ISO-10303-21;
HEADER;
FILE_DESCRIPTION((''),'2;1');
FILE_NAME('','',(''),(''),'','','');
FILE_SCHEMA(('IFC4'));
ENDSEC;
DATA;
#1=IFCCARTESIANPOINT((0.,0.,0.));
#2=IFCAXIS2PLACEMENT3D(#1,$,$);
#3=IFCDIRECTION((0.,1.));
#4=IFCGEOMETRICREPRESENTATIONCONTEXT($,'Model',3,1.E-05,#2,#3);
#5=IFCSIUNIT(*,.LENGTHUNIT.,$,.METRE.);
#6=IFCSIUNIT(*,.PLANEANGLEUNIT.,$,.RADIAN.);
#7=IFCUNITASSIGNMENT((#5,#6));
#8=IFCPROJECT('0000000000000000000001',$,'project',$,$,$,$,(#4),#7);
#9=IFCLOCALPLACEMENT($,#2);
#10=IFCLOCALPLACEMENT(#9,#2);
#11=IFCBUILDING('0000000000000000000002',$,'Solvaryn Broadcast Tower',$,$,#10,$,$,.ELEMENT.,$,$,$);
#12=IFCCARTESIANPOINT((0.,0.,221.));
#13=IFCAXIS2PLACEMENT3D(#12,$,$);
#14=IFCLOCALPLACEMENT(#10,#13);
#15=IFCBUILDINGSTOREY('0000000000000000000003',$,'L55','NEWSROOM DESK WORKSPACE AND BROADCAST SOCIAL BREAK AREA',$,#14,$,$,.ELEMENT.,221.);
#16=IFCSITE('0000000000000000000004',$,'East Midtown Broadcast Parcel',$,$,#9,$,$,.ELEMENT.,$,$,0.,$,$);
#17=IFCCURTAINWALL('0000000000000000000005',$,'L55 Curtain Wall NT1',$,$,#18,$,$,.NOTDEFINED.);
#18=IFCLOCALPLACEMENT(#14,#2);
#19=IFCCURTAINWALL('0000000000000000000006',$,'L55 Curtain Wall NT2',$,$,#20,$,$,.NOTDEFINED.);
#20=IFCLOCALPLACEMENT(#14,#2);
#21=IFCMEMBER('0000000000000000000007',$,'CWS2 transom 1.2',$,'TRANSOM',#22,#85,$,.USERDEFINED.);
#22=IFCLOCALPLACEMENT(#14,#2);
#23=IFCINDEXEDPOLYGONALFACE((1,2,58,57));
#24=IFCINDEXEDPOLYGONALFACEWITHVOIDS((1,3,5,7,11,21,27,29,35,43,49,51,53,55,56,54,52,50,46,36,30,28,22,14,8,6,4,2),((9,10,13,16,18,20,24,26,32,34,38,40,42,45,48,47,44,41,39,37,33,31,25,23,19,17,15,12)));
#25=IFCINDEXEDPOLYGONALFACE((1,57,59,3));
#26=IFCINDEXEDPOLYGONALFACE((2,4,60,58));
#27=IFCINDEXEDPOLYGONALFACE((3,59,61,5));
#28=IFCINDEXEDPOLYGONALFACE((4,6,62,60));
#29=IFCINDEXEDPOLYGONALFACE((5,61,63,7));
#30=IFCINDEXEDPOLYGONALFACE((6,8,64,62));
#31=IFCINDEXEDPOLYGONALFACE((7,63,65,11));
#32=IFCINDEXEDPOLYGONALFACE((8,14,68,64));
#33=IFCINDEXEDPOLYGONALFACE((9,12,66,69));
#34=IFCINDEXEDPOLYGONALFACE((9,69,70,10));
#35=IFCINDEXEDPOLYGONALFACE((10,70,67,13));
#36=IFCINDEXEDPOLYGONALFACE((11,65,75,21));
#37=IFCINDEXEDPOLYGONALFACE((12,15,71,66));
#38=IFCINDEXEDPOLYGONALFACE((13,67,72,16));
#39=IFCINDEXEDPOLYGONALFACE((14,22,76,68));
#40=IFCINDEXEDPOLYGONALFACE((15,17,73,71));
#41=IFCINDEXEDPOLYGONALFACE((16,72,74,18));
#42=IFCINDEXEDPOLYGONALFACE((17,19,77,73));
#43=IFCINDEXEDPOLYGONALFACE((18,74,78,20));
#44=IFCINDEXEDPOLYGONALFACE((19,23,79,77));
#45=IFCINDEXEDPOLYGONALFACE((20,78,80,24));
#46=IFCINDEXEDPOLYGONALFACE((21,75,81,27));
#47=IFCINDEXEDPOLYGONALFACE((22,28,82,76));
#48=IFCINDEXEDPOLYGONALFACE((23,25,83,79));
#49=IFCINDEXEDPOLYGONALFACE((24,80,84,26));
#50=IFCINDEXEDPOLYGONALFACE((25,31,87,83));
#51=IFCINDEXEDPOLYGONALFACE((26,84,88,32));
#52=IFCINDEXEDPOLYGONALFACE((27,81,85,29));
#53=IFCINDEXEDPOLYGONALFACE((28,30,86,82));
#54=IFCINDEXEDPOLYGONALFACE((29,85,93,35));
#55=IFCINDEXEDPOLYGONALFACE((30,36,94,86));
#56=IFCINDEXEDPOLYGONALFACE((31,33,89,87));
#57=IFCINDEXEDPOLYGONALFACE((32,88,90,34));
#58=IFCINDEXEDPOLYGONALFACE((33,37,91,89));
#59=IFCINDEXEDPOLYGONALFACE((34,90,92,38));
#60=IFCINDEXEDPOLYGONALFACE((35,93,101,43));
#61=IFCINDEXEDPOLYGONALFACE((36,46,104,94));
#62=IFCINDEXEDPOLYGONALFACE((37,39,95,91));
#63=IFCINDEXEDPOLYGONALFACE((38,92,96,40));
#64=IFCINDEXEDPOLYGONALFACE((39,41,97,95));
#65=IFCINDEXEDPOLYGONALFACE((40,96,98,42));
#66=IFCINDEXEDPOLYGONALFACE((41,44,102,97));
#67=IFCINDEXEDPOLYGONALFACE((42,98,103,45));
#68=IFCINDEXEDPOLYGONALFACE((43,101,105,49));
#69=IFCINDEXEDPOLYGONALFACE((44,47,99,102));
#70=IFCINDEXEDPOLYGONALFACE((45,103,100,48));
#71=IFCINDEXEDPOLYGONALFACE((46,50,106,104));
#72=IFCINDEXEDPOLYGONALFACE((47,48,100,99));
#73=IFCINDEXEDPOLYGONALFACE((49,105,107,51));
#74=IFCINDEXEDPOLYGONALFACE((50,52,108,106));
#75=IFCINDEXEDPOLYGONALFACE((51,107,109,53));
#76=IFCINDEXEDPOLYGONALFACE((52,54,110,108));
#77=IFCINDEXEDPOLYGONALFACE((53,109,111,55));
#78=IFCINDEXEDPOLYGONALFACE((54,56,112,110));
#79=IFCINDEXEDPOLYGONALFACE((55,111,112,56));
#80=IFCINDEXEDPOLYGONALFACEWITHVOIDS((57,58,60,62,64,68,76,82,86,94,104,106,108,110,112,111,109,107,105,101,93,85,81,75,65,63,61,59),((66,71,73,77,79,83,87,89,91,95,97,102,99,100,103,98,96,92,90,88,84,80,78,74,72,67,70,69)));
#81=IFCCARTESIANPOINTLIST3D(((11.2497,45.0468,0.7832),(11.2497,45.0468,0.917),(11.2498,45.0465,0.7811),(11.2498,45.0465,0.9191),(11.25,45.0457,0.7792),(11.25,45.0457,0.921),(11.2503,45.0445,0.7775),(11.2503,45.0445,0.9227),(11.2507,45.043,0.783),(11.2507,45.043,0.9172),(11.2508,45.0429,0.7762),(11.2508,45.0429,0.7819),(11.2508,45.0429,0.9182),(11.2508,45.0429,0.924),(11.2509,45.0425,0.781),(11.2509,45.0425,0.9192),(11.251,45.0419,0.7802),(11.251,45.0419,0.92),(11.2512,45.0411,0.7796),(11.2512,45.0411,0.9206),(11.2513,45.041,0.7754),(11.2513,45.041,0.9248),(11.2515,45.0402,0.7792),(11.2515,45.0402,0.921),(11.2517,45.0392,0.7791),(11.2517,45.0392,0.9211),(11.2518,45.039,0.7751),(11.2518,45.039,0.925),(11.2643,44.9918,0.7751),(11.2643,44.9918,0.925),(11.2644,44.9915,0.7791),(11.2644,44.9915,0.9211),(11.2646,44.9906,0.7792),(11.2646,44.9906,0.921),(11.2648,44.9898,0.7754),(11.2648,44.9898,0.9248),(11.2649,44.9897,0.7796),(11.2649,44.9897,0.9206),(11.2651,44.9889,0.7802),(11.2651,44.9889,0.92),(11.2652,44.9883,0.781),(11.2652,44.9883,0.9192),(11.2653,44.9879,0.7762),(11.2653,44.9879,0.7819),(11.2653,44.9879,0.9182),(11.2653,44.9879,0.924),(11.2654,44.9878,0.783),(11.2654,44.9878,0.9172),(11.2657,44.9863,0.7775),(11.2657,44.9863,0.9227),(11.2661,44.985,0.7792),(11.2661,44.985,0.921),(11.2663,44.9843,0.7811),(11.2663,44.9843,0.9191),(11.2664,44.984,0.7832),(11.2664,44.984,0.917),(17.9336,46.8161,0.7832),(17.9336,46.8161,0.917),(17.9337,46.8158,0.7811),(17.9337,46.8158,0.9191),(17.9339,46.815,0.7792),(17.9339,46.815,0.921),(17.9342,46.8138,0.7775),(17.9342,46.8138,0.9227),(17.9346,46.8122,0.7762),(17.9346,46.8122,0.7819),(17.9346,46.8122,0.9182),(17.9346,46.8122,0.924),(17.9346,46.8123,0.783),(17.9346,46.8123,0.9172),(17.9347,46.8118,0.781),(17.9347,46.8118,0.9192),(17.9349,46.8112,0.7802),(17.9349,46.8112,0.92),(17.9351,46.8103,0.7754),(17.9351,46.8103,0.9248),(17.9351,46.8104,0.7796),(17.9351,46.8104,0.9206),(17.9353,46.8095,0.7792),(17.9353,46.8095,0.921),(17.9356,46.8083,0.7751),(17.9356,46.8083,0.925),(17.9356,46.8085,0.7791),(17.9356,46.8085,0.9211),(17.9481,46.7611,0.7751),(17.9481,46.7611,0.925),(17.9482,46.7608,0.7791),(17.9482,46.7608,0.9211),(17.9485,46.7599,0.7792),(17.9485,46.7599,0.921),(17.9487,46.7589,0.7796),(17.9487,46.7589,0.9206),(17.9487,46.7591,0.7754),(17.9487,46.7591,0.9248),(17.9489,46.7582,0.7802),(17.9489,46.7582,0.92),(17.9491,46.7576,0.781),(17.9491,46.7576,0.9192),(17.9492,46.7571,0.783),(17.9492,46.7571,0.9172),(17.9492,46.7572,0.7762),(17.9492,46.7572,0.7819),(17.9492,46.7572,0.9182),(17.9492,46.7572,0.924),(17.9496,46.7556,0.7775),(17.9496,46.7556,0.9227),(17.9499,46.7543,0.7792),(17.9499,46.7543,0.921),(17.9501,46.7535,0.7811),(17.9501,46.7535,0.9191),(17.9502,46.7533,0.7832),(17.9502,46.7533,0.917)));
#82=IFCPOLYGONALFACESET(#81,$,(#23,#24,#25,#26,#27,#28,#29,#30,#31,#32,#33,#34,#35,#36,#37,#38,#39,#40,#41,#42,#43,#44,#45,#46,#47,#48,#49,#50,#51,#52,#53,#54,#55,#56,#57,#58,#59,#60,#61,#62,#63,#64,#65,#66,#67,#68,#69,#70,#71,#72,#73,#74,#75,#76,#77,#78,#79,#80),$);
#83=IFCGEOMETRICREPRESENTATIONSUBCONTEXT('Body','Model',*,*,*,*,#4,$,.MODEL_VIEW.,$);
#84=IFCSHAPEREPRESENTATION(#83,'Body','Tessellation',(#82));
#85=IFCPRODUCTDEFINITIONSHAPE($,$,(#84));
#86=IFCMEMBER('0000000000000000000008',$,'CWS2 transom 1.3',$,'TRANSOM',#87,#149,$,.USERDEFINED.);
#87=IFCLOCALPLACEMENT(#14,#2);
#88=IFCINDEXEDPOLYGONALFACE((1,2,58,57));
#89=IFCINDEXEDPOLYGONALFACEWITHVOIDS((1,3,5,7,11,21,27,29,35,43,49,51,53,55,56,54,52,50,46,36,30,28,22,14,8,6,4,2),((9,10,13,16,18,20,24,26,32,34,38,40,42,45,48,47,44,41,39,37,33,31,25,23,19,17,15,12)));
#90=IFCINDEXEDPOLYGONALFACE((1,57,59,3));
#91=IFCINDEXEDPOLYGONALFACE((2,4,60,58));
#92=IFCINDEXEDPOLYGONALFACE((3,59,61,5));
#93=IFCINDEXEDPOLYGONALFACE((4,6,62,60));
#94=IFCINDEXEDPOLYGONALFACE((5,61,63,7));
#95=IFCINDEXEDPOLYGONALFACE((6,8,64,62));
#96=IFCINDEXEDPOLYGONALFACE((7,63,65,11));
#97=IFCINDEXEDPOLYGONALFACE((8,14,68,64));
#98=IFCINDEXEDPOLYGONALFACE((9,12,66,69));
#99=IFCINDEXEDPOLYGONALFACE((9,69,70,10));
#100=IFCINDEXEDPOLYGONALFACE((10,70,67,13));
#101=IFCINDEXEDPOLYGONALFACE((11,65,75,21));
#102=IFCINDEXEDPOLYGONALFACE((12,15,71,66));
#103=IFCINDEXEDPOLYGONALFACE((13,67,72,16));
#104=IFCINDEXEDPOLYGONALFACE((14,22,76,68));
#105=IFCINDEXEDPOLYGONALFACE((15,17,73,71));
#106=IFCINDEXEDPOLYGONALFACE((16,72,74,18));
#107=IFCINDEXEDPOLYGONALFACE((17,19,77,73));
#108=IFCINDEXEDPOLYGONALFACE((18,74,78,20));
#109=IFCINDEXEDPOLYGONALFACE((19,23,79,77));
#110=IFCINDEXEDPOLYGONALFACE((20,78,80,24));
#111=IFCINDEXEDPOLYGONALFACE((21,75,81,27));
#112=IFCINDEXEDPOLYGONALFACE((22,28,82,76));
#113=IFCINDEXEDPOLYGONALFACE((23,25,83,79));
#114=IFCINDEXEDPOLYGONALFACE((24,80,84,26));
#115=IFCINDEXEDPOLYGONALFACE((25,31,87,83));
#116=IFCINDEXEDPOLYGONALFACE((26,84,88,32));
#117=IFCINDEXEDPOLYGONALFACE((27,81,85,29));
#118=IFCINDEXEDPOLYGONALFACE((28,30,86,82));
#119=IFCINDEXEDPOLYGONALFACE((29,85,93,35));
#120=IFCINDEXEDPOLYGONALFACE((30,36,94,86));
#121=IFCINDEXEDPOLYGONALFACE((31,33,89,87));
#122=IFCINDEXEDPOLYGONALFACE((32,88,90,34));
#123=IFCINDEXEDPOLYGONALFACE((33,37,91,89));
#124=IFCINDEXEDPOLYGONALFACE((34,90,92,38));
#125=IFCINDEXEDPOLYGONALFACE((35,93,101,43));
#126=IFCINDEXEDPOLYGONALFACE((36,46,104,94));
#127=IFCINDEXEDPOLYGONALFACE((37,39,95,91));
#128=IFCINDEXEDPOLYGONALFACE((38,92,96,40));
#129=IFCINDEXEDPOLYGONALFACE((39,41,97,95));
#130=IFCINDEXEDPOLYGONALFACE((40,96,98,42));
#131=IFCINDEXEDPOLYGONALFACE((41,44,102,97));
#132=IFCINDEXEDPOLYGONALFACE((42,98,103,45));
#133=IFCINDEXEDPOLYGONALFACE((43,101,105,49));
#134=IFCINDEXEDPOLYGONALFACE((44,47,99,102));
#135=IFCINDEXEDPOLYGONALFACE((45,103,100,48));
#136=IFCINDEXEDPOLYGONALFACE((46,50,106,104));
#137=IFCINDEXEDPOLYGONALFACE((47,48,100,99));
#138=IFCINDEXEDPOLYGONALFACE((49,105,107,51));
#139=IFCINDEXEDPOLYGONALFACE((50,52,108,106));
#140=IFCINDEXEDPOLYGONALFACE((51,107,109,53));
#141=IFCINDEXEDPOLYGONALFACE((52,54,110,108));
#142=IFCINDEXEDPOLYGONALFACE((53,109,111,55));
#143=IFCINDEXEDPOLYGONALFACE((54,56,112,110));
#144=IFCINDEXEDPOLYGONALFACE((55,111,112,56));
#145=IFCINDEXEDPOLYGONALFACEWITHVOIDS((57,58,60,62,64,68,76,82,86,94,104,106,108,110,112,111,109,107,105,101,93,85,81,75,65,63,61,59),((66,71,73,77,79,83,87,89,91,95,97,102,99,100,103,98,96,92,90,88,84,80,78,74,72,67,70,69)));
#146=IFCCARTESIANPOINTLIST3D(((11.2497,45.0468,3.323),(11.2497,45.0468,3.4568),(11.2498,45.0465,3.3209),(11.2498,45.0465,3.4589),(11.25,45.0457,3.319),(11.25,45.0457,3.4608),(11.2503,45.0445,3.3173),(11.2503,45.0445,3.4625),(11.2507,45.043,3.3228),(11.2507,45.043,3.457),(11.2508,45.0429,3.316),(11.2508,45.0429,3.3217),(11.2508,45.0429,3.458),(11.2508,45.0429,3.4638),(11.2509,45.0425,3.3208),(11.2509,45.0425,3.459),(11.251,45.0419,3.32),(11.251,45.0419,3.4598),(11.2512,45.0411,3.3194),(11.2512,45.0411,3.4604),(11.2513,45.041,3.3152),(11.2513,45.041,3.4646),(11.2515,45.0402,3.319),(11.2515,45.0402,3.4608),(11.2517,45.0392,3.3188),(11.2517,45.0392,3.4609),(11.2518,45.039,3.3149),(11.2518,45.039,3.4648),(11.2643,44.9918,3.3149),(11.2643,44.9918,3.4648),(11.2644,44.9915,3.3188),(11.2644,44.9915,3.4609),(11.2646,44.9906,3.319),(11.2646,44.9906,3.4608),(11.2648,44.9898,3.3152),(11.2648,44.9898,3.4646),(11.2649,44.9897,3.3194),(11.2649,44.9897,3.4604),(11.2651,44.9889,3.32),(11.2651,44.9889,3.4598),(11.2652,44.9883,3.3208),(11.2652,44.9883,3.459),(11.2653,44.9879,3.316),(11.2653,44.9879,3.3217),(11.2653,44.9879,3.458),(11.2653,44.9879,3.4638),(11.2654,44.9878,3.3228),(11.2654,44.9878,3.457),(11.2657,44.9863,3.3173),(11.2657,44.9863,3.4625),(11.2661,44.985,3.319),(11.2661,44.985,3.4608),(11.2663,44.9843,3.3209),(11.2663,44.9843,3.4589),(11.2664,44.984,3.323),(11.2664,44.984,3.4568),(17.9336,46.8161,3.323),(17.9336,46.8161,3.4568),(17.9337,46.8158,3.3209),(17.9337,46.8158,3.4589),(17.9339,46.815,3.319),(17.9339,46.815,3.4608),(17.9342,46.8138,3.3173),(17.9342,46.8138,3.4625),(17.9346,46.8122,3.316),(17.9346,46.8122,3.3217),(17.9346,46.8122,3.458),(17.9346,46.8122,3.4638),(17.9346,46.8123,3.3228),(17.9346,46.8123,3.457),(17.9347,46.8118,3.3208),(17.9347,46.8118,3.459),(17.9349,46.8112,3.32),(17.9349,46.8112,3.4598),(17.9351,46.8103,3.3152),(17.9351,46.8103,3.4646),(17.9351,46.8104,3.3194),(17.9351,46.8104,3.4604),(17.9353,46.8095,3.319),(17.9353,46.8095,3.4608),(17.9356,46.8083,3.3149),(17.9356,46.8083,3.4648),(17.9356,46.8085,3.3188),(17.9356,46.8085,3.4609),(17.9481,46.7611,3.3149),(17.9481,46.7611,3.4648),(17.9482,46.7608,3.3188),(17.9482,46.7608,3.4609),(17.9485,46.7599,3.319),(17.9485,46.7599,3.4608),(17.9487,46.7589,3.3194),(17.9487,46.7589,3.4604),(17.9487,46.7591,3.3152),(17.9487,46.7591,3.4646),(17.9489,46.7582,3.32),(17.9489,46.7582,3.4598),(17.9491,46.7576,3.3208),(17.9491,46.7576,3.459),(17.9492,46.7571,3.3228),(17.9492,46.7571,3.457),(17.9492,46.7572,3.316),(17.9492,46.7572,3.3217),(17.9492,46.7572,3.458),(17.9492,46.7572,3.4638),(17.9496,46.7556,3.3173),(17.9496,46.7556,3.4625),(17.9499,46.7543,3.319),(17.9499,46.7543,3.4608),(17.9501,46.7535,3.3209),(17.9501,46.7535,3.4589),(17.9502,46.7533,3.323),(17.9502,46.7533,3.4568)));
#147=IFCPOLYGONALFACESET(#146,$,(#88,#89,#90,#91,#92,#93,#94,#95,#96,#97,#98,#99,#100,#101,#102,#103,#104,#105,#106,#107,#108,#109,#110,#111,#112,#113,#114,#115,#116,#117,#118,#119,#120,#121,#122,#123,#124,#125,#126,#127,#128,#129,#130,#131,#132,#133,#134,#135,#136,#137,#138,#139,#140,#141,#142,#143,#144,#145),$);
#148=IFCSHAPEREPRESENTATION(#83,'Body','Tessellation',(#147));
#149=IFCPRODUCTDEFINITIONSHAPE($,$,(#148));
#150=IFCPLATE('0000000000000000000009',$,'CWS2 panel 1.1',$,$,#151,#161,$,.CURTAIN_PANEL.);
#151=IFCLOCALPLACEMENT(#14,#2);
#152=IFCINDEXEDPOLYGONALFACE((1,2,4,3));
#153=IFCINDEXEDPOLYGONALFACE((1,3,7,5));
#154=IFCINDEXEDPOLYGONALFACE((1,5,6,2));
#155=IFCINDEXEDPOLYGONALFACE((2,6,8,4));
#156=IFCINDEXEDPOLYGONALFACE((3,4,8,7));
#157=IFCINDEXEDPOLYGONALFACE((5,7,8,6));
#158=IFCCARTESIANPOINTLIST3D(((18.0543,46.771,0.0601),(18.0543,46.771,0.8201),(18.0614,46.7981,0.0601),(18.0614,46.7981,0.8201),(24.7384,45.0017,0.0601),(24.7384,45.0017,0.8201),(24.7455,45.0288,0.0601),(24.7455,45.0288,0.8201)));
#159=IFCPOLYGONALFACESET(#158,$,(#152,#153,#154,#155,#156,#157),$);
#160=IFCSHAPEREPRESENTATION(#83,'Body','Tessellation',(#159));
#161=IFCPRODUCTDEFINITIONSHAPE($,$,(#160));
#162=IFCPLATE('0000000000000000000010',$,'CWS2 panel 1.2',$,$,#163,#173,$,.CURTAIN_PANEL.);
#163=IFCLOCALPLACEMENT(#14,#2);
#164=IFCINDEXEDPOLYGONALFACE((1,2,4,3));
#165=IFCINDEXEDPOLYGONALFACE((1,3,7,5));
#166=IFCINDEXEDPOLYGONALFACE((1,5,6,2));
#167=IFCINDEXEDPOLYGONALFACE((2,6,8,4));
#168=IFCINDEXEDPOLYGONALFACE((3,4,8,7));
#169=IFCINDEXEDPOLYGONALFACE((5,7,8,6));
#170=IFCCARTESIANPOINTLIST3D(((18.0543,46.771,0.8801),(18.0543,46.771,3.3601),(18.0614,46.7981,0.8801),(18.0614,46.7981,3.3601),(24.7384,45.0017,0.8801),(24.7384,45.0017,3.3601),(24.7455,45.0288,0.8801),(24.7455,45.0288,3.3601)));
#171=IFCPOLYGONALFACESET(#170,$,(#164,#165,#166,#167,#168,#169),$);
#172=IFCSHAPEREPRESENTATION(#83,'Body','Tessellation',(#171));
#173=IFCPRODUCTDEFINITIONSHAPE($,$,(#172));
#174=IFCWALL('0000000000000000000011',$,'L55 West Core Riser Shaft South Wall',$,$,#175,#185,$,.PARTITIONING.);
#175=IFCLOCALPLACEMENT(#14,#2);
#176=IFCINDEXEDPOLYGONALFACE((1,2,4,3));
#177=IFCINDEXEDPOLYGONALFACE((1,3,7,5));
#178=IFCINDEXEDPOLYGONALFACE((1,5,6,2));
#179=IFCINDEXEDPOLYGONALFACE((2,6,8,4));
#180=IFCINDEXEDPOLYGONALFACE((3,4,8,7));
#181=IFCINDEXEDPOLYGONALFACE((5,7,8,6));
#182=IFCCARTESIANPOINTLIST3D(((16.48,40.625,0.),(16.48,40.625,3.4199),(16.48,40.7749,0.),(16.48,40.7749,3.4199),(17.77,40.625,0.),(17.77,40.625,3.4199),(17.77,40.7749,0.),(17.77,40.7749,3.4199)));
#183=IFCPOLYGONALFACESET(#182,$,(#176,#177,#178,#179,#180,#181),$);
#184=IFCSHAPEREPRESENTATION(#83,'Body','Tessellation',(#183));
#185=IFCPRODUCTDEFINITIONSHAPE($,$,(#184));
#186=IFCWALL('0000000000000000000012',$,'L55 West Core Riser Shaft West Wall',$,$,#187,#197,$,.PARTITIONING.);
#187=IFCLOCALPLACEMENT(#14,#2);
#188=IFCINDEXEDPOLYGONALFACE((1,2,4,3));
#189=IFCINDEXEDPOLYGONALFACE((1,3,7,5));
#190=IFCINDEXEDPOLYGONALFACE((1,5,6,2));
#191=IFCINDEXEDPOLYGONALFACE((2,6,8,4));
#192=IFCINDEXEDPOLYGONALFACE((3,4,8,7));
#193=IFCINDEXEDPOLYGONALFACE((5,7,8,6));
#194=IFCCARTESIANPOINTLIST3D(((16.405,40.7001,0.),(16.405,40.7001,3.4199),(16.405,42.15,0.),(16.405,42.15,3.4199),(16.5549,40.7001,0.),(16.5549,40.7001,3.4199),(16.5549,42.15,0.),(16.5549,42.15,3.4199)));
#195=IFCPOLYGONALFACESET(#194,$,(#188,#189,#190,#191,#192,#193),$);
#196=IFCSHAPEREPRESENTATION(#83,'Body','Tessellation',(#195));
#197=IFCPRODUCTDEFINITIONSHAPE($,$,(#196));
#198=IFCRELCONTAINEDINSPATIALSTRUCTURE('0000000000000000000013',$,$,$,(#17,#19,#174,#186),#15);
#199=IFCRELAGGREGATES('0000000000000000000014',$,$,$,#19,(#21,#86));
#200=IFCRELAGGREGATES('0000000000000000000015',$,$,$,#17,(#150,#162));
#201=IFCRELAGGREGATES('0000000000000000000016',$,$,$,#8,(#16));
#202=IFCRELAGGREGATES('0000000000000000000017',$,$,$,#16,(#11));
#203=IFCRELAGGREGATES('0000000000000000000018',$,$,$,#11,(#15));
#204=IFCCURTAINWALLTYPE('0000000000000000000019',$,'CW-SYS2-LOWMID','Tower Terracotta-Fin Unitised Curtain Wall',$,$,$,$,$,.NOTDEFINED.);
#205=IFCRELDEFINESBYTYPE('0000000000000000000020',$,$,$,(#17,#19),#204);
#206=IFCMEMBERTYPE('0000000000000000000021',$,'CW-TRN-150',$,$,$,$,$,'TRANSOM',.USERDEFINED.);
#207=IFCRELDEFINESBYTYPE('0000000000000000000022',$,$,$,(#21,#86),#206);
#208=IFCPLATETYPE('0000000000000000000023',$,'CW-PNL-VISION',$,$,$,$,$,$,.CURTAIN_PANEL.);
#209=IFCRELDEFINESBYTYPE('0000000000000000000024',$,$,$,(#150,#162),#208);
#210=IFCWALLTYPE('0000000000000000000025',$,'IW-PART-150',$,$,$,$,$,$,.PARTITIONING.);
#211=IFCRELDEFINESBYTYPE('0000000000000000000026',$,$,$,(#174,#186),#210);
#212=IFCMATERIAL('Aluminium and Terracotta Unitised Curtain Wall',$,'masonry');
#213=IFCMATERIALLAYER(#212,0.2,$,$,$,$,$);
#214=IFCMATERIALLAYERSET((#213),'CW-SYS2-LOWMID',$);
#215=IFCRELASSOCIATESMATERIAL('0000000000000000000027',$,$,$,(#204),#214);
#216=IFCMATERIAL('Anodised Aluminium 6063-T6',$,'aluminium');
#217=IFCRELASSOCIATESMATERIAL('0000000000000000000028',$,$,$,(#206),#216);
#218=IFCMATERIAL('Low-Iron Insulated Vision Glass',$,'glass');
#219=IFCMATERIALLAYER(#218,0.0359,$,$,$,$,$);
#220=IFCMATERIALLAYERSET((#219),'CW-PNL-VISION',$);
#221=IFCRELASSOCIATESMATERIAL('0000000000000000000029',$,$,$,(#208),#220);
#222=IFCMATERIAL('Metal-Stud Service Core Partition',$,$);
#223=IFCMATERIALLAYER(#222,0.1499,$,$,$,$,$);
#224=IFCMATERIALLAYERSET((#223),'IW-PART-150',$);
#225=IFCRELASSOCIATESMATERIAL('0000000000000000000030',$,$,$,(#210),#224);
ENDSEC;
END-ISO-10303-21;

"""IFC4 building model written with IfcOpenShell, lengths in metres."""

from ifc_helpers import new_model, si_unit, direction, frame, frame_2d, origin, origin_2d, place, context, subcontext, project, spatial, rectangle, hollow_rectangle, extrude, material, layer, layer_set, material_profile, profile_set, type_object, element, aggregate, save


model = new_model("IFC4")

# Units and contexts
model_context = context("Model", 3, precision=1e-05, world=origin(), true_north=direction((0.0, 1.0)))
body_context = subcontext(model_context, "Body", "Model", "MODEL_VIEW")
ifc_project = project(units=[si_unit("LENGTHUNIT", "METRE"), si_unit("PLANEANGLEUNIT", "RADIAN")], contexts=[model_context])

# Site, building, storey
site_placement = place(None, origin())
site = spatial("IfcSite", under=ifc_project, at=site_placement, Name="East Midtown Broadcast Parcel", CompositionType="ELEMENT", RefElevation=0.0)
building_placement = place(site_placement, origin())
building = spatial("IfcBuilding", under=site, at=building_placement, Name="Solvaryn Broadcast Tower", CompositionType="ELEMENT")
storey_placement = place(building_placement, frame((0.0, 0.0, 221.0)))
storey = spatial("IfcBuildingStorey", under=building, at=storey_placement, Name="L55", Description="NEWSROOM DESK WORKSPACE AND BROADCAST SOCIAL BREAK AREA", CompositionType="ELEMENT", Elevation=221.0)

# Curtain wall
ifc_material_1 = material(Name="Aluminium and Terracotta Unitised Curtain Wall", Category="masonry")
ifc_layer_1 = layer(ifc_material_1, 0.2)
ifc_layer_set_1 = layer_set([ifc_layer_1], Name="CW-SYS2-LOWMID")
curtain_wall_type = type_object("IfcCurtainWallType", Name="CW-SYS2-LOWMID", Description="Tower Terracotta-Fin Unitised Curtain Wall", PredefinedType="NOTDEFINED", material=ifc_layer_set_1)
curtain_wall_1_placement = place(storey_placement, origin())
curtain_wall_1 = element("IfcCurtainWall", 1, at=curtain_wall_1_placement, inside=storey, type_object=curtain_wall_type, Name="L55 Curtain Wall NT1", PredefinedType="NOTDEFINED")

# Curtain wall, members
curtain_wall_2_placement = place(storey_placement, origin())
curtain_wall_2 = element("IfcCurtainWall", 2, at=curtain_wall_2_placement, inside=storey, type_object=curtain_wall_type, Name="L55 Curtain Wall NT2", PredefinedType="NOTDEFINED")
ifc_material_2 = material(Name="Anodised Aluminium 6063-T6", Category="aluminium")
ifc_material_profile_1 = material_profile(ifc_material_2, hollow_rectangle(XDim=0.0649, YDim=0.1499, WallThickness=0.0039, InnerFilletRadius=0.0039, OuterFilletRadius=0.0081, at=origin_2d()))
ifc_profile_set_1 = profile_set([ifc_material_profile_1], Name="Anodised Aluminium 6063-T6")
member_type_1 = type_object("IfcMemberType", Name="CW-TRN-150", ElementType="TRANSOM", PredefinedType="USERDEFINED", material=ifc_profile_set_1)
member_1_placement = place(storey_placement, frame((17.9419, 46.7847, 0.8501), z_axis=(-0.966704, -0.255897, 0.0), x_axis=(0.255897, -0.966704, 0.0)))
member_1 = element("IfcMember", 3, at=member_1_placement, type_object=member_type_1, Name="CWS2 transom 1.2", ObjectType="TRANSOM", PredefinedType="USERDEFINED", context=body_context, shape_type="SweptSolid", body=[
    extrude(hollow_rectangle(XDim=0.0649, YDim=0.1499, WallThickness=0.0039, InnerFilletRadius=0.0039, OuterFilletRadius=0.0081, at=origin_2d()), origin(), (0.0, 0.0, 1.0), 6.9141),
])
member_2_placement = place(storey_placement, frame((17.9419, 46.7847, 3.3899), z_axis=(-0.966704, -0.255897, 0.0), x_axis=(0.255897, -0.966704, 0.0)))
member_2 = element("IfcMember", 4, at=member_2_placement, type_object=member_type_1, Name="CWS2 transom 1.3", ObjectType="TRANSOM", PredefinedType="USERDEFINED", context=body_context, shape_type="SweptSolid", body=[
    extrude(hollow_rectangle(XDim=0.0649, YDim=0.1499, WallThickness=0.0039, InnerFilletRadius=0.0039, OuterFilletRadius=0.0081, at=origin_2d()), origin(), (0.0, 0.0, 1.0), 6.9141),
])
aggregate(curtain_wall_2, [member_1, member_2])

# Plates
ifc_material_3 = material(Name="Low-Iron Insulated Vision Glass", Category="glass")
ifc_layer_2 = layer(ifc_material_3, 0.0359)
ifc_layer_set_2 = layer_set([ifc_layer_2], Name="CW-PNL-VISION")
plate_type = type_object("IfcPlateType", Name="CW-PNL-VISION", PredefinedType="CURTAIN_PANEL", material=ifc_layer_set_2)
plate_1_placement = place(storey_placement, frame((21.3999, 45.8999, 0.0601), z_axis=(0.0, 0.0, 1.0), x_axis=(-0.966705, 0.255893, 0.0)))
plate_1 = element("IfcPlate", 5, at=plate_1_placement, type_object=plate_type, Name="CWS2 panel 1.1", PredefinedType="CURTAIN_PANEL", context=body_context, shape_type="SweptSolid", body=[
    extrude(rectangle(XDim=6.9143, YDim=0.0281, at=origin_2d()), origin(), (0.0, 0.0, 1.0), 0.76),
])
plate_2_placement = place(storey_placement, frame((21.3999, 45.8999, 0.8801), z_axis=(0.0, 0.0, 1.0), x_axis=(-0.966705, 0.255893, 0.0)))
plate_2 = element("IfcPlate", 6, at=plate_2_placement, type_object=plate_type, Name="CWS2 panel 1.2", PredefinedType="CURTAIN_PANEL", context=body_context, shape_type="SweptSolid", body=[
    extrude(rectangle(XDim=6.9143, YDim=0.0281, at=origin_2d()), origin(), (0.0, 0.0, 1.0), 2.48),
])
aggregate(curtain_wall_1, [plate_1, plate_2])

# Walls
ifc_material_4 = material(Name="Metal-Stud Service Core Partition")
ifc_layer_3 = layer(ifc_material_4, 0.1499)
ifc_layer_set_3 = layer_set([ifc_layer_3], Name="IW-PART-150")
wall_type_1 = type_object("IfcWallType", Name="IW-PART-150", PredefinedType="PARTITIONING", material=ifc_layer_set_3)
wall_1_placement = place(storey_placement, frame((16.48, 40.7, 0.0), z_axis=(0.0, 0.0, 1.0), x_axis=(1.0, 0.0, 0.0)))
element("IfcWall", 7, at=wall_1_placement, inside=storey, type_object=wall_type_1, Name="L55 West Core Riser Shaft South Wall", PredefinedType="PARTITIONING", context=body_context, shape_type="SweptSolid", body=[
    extrude(rectangle(XDim=1.29, YDim=0.1499, at=frame_2d((0.645, 0.0))), origin(), (0.0, 0.0, 1.0), 3.4199),
])
wall_2_placement = place(storey_placement, frame((16.48, 40.7, 0.0), z_axis=(0.0, 0.0, 1.0), x_axis=(0.0, 1.0, 0.0)))
element("IfcWall", 8, at=wall_2_placement, inside=storey, type_object=wall_type_1, Name="L55 West Core Riser Shaft West Wall", PredefinedType="PARTITIONING", context=body_context, shape_type="SweptSolid", body=[
    extrude(rectangle(XDim=1.45, YDim=0.1499, at=frame_2d((0.7251, 0.0))), origin(), (0.0, 0.0, 1.0), 3.4199),
])

save(model, "model.ifc")
